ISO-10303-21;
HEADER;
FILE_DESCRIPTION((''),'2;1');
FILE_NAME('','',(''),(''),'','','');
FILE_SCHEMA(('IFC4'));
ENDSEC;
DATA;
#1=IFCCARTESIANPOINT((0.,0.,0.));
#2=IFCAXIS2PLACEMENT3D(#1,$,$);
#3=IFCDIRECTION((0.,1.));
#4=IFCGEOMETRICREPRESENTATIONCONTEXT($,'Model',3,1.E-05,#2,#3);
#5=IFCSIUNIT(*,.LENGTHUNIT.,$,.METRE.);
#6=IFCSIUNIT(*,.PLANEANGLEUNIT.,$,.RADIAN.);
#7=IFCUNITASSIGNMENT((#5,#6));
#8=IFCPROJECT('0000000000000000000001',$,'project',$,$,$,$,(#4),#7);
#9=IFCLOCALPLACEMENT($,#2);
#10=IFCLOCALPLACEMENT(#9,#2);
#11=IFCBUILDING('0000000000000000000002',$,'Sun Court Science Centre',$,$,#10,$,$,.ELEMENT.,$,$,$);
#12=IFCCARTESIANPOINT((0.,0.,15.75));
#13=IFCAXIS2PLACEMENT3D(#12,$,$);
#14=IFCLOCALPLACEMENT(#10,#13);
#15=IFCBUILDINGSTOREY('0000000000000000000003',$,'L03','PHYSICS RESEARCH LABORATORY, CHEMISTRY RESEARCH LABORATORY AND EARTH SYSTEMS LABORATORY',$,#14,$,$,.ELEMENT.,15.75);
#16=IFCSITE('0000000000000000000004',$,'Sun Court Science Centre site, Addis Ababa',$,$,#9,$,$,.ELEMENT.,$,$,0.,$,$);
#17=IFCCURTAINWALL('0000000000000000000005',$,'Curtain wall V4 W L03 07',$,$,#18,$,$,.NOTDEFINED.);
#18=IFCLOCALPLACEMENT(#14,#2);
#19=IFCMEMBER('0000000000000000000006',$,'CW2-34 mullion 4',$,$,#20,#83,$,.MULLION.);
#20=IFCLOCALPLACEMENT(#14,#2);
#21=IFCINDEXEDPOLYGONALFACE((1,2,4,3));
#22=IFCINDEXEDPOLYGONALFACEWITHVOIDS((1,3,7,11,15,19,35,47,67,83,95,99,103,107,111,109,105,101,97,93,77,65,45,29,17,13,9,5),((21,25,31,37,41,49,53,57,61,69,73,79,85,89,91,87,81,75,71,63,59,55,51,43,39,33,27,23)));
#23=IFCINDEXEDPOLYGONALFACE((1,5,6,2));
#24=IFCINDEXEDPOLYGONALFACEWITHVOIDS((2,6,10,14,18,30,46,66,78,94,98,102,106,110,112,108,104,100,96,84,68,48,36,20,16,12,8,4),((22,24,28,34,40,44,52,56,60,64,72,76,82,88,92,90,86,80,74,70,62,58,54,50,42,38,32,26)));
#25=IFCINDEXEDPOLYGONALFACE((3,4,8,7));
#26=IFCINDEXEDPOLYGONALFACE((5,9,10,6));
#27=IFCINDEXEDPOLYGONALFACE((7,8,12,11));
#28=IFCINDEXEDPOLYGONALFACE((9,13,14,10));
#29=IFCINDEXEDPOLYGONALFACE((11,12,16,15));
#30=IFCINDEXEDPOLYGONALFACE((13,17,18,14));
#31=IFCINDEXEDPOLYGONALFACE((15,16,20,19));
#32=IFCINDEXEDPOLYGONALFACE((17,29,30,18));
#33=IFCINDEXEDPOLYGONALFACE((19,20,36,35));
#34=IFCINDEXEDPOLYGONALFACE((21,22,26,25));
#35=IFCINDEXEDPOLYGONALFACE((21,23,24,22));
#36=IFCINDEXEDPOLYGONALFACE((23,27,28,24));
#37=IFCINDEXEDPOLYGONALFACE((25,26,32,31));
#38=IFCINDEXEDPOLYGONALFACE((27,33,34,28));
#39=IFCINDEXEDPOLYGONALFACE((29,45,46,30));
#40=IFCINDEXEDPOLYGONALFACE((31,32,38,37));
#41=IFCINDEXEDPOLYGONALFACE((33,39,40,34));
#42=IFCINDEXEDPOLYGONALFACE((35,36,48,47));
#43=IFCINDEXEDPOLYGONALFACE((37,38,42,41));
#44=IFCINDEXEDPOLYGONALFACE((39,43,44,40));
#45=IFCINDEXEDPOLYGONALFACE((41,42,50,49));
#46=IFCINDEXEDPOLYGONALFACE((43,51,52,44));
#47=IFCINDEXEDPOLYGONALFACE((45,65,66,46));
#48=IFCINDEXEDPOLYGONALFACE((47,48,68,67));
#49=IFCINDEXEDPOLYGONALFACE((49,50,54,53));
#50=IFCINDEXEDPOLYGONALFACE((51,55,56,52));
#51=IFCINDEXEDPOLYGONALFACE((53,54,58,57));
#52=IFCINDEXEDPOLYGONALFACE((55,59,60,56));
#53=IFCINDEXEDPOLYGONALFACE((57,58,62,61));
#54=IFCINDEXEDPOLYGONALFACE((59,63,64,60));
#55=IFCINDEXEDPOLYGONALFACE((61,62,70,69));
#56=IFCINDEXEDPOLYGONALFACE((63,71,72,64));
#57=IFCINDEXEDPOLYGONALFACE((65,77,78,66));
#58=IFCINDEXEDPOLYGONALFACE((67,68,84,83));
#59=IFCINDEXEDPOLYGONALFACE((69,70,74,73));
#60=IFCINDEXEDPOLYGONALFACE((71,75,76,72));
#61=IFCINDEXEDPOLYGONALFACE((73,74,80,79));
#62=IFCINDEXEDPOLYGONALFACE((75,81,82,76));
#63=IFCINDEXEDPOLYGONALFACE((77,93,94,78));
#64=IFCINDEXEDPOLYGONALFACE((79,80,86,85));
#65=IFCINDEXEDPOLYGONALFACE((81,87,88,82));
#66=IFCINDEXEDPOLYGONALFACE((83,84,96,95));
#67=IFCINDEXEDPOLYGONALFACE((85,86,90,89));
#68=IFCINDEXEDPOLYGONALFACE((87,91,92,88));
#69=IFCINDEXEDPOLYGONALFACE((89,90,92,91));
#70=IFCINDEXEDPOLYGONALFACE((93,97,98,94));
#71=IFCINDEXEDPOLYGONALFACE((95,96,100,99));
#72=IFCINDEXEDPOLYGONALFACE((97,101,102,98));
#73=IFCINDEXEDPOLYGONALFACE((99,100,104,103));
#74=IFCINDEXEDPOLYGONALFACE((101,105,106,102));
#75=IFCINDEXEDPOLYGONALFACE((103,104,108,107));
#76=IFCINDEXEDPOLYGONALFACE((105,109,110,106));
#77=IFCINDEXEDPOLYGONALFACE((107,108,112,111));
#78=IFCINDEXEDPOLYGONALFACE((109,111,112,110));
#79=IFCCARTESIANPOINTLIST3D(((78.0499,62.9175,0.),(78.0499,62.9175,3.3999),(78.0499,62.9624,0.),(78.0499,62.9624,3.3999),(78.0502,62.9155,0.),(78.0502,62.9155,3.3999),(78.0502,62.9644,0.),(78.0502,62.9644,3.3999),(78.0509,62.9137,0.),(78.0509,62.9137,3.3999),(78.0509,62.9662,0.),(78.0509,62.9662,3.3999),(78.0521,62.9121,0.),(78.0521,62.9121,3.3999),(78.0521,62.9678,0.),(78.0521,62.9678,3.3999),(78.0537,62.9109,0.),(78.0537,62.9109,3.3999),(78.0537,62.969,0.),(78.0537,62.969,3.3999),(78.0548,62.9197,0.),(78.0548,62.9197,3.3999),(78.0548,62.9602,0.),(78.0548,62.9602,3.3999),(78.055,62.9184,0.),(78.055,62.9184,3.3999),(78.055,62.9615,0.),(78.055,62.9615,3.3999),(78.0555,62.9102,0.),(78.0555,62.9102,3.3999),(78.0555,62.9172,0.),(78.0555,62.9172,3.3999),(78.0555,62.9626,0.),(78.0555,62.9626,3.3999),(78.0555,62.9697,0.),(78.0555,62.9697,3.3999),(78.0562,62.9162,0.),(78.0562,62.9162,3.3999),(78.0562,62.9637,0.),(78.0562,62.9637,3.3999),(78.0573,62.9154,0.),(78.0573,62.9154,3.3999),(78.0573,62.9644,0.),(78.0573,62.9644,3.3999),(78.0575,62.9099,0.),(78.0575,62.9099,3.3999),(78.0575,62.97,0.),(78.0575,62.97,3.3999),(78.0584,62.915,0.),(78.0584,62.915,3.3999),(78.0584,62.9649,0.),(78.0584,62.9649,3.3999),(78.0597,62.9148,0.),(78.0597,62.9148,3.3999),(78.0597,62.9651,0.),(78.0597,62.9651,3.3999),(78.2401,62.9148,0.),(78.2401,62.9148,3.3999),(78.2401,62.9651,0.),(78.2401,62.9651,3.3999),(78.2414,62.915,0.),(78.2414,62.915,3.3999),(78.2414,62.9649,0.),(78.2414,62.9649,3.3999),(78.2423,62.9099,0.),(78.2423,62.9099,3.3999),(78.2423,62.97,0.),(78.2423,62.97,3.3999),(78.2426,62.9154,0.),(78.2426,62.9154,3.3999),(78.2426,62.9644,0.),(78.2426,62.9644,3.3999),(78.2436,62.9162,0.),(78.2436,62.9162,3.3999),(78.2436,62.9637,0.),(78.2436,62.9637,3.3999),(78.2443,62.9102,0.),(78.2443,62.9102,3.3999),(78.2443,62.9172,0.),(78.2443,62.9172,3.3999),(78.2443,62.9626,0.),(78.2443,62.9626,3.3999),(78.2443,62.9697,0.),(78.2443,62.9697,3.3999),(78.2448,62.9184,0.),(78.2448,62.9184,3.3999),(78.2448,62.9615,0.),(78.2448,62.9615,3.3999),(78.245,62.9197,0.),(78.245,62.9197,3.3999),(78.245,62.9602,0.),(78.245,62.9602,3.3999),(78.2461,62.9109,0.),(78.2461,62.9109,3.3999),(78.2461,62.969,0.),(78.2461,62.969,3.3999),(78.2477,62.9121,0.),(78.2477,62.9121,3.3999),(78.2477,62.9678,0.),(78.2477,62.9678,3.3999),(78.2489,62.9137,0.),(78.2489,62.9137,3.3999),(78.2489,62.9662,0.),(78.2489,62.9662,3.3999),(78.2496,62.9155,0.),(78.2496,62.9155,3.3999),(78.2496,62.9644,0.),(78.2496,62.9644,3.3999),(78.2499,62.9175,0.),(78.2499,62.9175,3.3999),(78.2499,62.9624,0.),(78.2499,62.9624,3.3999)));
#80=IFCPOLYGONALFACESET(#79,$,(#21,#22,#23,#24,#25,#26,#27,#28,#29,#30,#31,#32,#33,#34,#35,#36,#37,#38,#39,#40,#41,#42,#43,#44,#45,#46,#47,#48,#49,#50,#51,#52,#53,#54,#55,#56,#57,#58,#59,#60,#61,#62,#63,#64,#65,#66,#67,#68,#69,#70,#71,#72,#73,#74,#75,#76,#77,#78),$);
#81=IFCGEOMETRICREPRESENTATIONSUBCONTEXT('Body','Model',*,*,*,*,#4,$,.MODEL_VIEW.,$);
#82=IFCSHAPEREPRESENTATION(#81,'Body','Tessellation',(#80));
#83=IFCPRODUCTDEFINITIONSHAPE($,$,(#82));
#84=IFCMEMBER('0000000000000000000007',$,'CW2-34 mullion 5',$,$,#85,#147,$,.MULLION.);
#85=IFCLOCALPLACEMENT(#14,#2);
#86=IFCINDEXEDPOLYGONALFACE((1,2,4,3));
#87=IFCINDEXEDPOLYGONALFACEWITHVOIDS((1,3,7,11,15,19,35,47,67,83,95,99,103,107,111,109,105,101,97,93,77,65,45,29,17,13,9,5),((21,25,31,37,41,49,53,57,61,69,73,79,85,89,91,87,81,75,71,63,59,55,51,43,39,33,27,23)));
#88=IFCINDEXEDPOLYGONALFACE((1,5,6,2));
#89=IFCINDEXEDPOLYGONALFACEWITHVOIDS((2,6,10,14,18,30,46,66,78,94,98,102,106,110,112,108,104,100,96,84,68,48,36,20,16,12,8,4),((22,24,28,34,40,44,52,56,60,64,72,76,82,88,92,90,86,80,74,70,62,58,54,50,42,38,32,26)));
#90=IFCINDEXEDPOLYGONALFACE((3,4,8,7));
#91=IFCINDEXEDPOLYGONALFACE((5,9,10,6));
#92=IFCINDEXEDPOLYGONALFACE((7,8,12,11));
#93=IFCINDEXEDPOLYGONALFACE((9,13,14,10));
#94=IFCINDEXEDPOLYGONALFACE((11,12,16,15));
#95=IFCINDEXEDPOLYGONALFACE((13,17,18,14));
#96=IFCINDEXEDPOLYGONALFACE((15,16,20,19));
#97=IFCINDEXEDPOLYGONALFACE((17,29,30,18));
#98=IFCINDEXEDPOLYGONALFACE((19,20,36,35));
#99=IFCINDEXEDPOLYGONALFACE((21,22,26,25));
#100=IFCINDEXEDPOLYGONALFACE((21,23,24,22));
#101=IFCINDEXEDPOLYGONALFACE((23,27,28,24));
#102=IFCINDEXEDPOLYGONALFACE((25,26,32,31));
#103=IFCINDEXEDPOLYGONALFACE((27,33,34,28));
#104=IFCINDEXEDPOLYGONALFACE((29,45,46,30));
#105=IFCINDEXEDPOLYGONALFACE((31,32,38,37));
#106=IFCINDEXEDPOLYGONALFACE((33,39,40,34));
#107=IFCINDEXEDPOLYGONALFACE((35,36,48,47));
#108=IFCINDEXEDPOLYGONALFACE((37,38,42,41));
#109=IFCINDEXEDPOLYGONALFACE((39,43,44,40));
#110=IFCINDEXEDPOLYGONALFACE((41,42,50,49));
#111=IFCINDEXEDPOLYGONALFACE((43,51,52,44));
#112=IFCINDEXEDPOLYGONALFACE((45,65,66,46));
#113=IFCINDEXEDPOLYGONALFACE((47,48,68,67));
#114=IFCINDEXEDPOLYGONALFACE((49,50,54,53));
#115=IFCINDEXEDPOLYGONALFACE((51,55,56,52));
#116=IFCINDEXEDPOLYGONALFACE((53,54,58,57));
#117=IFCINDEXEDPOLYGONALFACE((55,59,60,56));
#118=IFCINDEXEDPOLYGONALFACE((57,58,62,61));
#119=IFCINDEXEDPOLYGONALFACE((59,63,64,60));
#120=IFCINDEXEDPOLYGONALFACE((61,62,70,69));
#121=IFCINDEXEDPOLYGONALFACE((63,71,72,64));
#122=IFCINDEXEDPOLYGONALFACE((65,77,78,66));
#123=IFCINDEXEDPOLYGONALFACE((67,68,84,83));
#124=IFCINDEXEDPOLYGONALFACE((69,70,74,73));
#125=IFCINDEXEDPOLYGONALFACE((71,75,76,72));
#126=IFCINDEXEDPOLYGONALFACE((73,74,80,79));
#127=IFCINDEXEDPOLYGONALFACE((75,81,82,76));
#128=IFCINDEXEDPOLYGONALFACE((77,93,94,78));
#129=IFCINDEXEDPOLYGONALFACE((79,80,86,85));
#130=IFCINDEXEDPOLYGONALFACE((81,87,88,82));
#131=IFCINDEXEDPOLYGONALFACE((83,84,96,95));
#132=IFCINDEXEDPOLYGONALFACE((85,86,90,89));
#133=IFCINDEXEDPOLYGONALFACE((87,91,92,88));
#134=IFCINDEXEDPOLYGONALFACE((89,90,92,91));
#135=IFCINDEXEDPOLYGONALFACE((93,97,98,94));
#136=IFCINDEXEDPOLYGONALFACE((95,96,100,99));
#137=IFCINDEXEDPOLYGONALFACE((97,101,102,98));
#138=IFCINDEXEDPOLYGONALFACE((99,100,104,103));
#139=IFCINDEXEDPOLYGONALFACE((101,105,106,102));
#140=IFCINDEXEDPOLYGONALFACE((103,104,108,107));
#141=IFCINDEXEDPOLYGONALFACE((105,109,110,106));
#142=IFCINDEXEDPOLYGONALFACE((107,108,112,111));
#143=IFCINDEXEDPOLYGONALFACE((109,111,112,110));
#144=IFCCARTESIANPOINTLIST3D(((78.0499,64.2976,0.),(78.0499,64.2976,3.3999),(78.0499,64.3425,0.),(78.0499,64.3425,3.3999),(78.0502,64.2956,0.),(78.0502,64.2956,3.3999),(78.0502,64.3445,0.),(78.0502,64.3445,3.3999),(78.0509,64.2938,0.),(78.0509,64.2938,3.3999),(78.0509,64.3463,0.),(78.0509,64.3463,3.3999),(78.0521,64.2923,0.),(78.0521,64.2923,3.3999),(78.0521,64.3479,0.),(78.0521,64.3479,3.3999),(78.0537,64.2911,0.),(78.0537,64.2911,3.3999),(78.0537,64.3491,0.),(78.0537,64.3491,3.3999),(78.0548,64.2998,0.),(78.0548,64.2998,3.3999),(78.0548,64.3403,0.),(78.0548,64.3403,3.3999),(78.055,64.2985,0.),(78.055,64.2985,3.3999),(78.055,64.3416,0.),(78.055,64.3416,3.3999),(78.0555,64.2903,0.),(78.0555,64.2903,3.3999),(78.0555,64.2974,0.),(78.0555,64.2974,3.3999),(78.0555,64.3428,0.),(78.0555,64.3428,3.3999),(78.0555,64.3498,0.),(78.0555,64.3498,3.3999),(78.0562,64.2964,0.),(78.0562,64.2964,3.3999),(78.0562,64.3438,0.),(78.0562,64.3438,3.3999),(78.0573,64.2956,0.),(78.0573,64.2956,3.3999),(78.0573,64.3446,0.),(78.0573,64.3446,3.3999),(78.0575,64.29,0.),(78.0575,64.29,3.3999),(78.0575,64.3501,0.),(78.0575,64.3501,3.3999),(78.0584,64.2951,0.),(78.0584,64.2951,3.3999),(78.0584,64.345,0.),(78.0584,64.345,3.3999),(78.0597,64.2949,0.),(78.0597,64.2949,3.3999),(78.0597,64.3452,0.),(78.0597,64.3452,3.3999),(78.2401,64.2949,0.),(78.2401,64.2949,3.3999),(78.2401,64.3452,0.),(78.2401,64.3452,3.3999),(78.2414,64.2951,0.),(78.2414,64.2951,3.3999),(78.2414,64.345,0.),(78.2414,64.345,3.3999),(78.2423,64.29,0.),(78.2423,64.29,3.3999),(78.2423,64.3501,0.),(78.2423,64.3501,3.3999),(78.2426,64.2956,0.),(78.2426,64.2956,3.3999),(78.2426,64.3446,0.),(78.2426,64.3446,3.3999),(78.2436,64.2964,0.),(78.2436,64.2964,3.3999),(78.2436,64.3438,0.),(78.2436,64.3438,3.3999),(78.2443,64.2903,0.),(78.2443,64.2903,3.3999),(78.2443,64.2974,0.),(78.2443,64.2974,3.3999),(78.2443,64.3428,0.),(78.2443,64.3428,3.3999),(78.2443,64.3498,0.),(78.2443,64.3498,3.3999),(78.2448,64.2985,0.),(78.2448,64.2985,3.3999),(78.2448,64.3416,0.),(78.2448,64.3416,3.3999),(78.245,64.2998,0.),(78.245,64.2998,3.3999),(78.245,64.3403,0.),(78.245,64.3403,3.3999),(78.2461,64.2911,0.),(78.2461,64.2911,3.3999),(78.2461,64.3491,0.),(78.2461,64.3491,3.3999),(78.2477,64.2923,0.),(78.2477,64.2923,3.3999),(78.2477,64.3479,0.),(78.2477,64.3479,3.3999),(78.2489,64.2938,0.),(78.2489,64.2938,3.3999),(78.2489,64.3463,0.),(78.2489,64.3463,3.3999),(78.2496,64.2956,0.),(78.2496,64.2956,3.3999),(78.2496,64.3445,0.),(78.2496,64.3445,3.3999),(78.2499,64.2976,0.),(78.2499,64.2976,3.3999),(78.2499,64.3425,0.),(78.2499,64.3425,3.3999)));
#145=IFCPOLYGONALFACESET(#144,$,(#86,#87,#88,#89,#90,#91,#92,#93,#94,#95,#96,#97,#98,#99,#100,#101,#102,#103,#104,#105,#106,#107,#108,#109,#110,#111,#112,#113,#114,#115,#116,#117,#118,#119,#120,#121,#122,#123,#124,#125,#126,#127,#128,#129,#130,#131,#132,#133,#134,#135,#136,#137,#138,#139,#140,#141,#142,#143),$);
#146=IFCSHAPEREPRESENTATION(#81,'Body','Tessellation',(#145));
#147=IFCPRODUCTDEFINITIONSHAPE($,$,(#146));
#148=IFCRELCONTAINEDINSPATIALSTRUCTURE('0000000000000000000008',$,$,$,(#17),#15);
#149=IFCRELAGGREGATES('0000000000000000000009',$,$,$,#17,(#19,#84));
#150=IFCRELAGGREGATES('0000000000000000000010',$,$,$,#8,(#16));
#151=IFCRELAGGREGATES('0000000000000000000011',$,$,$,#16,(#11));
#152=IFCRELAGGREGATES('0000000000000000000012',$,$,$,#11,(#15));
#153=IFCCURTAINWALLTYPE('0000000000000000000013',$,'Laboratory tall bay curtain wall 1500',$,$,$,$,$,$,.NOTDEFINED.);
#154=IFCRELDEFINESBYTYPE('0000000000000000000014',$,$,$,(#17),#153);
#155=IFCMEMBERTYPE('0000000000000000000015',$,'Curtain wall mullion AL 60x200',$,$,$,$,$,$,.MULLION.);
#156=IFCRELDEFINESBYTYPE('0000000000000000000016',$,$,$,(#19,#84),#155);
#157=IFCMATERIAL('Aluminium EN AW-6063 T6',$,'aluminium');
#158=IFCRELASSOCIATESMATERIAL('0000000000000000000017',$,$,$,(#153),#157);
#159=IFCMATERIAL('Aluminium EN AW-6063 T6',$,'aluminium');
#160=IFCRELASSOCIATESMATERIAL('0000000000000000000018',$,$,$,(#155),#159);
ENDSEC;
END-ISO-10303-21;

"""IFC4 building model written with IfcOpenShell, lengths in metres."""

from ifc_helpers import new_model, si_unit, direction, frame, origin, origin_2d, place, context, subcontext, project, spatial, hollow_rectangle, extrude, material, material_profile, profile_set, type_object, element, aggregate, save


model = new_model("IFC4")

# Units and contexts
model_context = context("Model", 3, precision=1e-05, world=origin(), true_north=direction((0.0, 1.0)))
body_context = subcontext(model_context, "Body", "Model", "MODEL_VIEW")
ifc_project = project(units=[si_unit("LENGTHUNIT", "METRE"), si_unit("PLANEANGLEUNIT", "RADIAN")], contexts=[model_context])

# Site, building, storey
site_placement = place(None, origin())
site = spatial("IfcSite", under=ifc_project, at=site_placement, Name="Sun Court Science Centre site, Addis Ababa", CompositionType="ELEMENT", RefElevation=0.0)
building_placement = place(site_placement, origin())
building = spatial("IfcBuilding", under=site, at=building_placement, Name="Sun Court Science Centre", CompositionType="ELEMENT")
storey_placement = place(building_placement, frame((0.0, 0.0, 15.75)))
storey = spatial("IfcBuildingStorey", under=building, at=storey_placement, Name="L03", Description="PHYSICS RESEARCH LABORATORY, CHEMISTRY RESEARCH LABORATORY AND EARTH SYSTEMS LABORATORY", CompositionType="ELEMENT", Elevation=15.75)

# Curtain wall, members
ifc_material_1 = material(Name="Aluminium EN AW-6063 T6", Category="aluminium")
curtain_wall_type = type_object("IfcCurtainWallType", Name="Laboratory tall bay curtain wall 1500", PredefinedType="NOTDEFINED", material=ifc_material_1)
curtain_wall_1_placement = place(storey_placement, origin())
curtain_wall_1 = element("IfcCurtainWall", 1, at=curtain_wall_1_placement, inside=storey, type_object=curtain_wall_type, Name="Curtain wall V4 W L03 07", PredefinedType="NOTDEFINED")
ifc_material_2 = material(Name="Aluminium EN AW-6063 T6", Category="aluminium")
ifc_material_profile_1 = material_profile(ifc_material_2, hollow_rectangle(XDim=0.0601, YDim=0.2, WallThickness=0.0049, InnerFilletRadius=0.0049, OuterFilletRadius=0.0076, at=origin_2d()), Name="AL 60x200x5")
ifc_profile_set_1 = profile_set([ifc_material_profile_1], Name="Aluminium EN AW-6063 T6")
member_type_1 = type_object("IfcMemberType", Name="Curtain wall mullion AL 60x200", PredefinedType="MULLION", material=ifc_profile_set_1)
member_1_placement = place(storey_placement, frame((78.1499, 62.9399, 0.0), z_axis=(0.0, 0.0, 1.0), x_axis=(0.0, 1.0, 0.0)))
member_1 = element("IfcMember", 2, at=member_1_placement, type_object=member_type_1, Name="CW2-34 mullion 4", PredefinedType="MULLION", context=body_context, shape_type="SweptSolid", body=[
    extrude(hollow_rectangle(XDim=0.0601, YDim=0.2, WallThickness=0.0049, InnerFilletRadius=0.0049, OuterFilletRadius=0.0076, at=origin_2d()), origin(), (0.0, 0.0, 1.0), 3.3999),
])
member_2_placement = place(storey_placement, frame((78.1499, 64.3201, 0.0), z_axis=(0.0, 0.0, 1.0), x_axis=(0.0, 1.0, 0.0)))
member_2 = element("IfcMember", 3, at=member_2_placement, type_object=member_type_1, Name="CW2-34 mullion 5", PredefinedType="MULLION", context=body_context, shape_type="SweptSolid", body=[
    extrude(hollow_rectangle(XDim=0.0601, YDim=0.2, WallThickness=0.0049, InnerFilletRadius=0.0049, OuterFilletRadius=0.0076, at=origin_2d()), origin(), (0.0, 0.0, 1.0), 3.3999),
])

aggregate(curtain_wall_1, [member_1, member_2])

save(model, "model.ifc")
